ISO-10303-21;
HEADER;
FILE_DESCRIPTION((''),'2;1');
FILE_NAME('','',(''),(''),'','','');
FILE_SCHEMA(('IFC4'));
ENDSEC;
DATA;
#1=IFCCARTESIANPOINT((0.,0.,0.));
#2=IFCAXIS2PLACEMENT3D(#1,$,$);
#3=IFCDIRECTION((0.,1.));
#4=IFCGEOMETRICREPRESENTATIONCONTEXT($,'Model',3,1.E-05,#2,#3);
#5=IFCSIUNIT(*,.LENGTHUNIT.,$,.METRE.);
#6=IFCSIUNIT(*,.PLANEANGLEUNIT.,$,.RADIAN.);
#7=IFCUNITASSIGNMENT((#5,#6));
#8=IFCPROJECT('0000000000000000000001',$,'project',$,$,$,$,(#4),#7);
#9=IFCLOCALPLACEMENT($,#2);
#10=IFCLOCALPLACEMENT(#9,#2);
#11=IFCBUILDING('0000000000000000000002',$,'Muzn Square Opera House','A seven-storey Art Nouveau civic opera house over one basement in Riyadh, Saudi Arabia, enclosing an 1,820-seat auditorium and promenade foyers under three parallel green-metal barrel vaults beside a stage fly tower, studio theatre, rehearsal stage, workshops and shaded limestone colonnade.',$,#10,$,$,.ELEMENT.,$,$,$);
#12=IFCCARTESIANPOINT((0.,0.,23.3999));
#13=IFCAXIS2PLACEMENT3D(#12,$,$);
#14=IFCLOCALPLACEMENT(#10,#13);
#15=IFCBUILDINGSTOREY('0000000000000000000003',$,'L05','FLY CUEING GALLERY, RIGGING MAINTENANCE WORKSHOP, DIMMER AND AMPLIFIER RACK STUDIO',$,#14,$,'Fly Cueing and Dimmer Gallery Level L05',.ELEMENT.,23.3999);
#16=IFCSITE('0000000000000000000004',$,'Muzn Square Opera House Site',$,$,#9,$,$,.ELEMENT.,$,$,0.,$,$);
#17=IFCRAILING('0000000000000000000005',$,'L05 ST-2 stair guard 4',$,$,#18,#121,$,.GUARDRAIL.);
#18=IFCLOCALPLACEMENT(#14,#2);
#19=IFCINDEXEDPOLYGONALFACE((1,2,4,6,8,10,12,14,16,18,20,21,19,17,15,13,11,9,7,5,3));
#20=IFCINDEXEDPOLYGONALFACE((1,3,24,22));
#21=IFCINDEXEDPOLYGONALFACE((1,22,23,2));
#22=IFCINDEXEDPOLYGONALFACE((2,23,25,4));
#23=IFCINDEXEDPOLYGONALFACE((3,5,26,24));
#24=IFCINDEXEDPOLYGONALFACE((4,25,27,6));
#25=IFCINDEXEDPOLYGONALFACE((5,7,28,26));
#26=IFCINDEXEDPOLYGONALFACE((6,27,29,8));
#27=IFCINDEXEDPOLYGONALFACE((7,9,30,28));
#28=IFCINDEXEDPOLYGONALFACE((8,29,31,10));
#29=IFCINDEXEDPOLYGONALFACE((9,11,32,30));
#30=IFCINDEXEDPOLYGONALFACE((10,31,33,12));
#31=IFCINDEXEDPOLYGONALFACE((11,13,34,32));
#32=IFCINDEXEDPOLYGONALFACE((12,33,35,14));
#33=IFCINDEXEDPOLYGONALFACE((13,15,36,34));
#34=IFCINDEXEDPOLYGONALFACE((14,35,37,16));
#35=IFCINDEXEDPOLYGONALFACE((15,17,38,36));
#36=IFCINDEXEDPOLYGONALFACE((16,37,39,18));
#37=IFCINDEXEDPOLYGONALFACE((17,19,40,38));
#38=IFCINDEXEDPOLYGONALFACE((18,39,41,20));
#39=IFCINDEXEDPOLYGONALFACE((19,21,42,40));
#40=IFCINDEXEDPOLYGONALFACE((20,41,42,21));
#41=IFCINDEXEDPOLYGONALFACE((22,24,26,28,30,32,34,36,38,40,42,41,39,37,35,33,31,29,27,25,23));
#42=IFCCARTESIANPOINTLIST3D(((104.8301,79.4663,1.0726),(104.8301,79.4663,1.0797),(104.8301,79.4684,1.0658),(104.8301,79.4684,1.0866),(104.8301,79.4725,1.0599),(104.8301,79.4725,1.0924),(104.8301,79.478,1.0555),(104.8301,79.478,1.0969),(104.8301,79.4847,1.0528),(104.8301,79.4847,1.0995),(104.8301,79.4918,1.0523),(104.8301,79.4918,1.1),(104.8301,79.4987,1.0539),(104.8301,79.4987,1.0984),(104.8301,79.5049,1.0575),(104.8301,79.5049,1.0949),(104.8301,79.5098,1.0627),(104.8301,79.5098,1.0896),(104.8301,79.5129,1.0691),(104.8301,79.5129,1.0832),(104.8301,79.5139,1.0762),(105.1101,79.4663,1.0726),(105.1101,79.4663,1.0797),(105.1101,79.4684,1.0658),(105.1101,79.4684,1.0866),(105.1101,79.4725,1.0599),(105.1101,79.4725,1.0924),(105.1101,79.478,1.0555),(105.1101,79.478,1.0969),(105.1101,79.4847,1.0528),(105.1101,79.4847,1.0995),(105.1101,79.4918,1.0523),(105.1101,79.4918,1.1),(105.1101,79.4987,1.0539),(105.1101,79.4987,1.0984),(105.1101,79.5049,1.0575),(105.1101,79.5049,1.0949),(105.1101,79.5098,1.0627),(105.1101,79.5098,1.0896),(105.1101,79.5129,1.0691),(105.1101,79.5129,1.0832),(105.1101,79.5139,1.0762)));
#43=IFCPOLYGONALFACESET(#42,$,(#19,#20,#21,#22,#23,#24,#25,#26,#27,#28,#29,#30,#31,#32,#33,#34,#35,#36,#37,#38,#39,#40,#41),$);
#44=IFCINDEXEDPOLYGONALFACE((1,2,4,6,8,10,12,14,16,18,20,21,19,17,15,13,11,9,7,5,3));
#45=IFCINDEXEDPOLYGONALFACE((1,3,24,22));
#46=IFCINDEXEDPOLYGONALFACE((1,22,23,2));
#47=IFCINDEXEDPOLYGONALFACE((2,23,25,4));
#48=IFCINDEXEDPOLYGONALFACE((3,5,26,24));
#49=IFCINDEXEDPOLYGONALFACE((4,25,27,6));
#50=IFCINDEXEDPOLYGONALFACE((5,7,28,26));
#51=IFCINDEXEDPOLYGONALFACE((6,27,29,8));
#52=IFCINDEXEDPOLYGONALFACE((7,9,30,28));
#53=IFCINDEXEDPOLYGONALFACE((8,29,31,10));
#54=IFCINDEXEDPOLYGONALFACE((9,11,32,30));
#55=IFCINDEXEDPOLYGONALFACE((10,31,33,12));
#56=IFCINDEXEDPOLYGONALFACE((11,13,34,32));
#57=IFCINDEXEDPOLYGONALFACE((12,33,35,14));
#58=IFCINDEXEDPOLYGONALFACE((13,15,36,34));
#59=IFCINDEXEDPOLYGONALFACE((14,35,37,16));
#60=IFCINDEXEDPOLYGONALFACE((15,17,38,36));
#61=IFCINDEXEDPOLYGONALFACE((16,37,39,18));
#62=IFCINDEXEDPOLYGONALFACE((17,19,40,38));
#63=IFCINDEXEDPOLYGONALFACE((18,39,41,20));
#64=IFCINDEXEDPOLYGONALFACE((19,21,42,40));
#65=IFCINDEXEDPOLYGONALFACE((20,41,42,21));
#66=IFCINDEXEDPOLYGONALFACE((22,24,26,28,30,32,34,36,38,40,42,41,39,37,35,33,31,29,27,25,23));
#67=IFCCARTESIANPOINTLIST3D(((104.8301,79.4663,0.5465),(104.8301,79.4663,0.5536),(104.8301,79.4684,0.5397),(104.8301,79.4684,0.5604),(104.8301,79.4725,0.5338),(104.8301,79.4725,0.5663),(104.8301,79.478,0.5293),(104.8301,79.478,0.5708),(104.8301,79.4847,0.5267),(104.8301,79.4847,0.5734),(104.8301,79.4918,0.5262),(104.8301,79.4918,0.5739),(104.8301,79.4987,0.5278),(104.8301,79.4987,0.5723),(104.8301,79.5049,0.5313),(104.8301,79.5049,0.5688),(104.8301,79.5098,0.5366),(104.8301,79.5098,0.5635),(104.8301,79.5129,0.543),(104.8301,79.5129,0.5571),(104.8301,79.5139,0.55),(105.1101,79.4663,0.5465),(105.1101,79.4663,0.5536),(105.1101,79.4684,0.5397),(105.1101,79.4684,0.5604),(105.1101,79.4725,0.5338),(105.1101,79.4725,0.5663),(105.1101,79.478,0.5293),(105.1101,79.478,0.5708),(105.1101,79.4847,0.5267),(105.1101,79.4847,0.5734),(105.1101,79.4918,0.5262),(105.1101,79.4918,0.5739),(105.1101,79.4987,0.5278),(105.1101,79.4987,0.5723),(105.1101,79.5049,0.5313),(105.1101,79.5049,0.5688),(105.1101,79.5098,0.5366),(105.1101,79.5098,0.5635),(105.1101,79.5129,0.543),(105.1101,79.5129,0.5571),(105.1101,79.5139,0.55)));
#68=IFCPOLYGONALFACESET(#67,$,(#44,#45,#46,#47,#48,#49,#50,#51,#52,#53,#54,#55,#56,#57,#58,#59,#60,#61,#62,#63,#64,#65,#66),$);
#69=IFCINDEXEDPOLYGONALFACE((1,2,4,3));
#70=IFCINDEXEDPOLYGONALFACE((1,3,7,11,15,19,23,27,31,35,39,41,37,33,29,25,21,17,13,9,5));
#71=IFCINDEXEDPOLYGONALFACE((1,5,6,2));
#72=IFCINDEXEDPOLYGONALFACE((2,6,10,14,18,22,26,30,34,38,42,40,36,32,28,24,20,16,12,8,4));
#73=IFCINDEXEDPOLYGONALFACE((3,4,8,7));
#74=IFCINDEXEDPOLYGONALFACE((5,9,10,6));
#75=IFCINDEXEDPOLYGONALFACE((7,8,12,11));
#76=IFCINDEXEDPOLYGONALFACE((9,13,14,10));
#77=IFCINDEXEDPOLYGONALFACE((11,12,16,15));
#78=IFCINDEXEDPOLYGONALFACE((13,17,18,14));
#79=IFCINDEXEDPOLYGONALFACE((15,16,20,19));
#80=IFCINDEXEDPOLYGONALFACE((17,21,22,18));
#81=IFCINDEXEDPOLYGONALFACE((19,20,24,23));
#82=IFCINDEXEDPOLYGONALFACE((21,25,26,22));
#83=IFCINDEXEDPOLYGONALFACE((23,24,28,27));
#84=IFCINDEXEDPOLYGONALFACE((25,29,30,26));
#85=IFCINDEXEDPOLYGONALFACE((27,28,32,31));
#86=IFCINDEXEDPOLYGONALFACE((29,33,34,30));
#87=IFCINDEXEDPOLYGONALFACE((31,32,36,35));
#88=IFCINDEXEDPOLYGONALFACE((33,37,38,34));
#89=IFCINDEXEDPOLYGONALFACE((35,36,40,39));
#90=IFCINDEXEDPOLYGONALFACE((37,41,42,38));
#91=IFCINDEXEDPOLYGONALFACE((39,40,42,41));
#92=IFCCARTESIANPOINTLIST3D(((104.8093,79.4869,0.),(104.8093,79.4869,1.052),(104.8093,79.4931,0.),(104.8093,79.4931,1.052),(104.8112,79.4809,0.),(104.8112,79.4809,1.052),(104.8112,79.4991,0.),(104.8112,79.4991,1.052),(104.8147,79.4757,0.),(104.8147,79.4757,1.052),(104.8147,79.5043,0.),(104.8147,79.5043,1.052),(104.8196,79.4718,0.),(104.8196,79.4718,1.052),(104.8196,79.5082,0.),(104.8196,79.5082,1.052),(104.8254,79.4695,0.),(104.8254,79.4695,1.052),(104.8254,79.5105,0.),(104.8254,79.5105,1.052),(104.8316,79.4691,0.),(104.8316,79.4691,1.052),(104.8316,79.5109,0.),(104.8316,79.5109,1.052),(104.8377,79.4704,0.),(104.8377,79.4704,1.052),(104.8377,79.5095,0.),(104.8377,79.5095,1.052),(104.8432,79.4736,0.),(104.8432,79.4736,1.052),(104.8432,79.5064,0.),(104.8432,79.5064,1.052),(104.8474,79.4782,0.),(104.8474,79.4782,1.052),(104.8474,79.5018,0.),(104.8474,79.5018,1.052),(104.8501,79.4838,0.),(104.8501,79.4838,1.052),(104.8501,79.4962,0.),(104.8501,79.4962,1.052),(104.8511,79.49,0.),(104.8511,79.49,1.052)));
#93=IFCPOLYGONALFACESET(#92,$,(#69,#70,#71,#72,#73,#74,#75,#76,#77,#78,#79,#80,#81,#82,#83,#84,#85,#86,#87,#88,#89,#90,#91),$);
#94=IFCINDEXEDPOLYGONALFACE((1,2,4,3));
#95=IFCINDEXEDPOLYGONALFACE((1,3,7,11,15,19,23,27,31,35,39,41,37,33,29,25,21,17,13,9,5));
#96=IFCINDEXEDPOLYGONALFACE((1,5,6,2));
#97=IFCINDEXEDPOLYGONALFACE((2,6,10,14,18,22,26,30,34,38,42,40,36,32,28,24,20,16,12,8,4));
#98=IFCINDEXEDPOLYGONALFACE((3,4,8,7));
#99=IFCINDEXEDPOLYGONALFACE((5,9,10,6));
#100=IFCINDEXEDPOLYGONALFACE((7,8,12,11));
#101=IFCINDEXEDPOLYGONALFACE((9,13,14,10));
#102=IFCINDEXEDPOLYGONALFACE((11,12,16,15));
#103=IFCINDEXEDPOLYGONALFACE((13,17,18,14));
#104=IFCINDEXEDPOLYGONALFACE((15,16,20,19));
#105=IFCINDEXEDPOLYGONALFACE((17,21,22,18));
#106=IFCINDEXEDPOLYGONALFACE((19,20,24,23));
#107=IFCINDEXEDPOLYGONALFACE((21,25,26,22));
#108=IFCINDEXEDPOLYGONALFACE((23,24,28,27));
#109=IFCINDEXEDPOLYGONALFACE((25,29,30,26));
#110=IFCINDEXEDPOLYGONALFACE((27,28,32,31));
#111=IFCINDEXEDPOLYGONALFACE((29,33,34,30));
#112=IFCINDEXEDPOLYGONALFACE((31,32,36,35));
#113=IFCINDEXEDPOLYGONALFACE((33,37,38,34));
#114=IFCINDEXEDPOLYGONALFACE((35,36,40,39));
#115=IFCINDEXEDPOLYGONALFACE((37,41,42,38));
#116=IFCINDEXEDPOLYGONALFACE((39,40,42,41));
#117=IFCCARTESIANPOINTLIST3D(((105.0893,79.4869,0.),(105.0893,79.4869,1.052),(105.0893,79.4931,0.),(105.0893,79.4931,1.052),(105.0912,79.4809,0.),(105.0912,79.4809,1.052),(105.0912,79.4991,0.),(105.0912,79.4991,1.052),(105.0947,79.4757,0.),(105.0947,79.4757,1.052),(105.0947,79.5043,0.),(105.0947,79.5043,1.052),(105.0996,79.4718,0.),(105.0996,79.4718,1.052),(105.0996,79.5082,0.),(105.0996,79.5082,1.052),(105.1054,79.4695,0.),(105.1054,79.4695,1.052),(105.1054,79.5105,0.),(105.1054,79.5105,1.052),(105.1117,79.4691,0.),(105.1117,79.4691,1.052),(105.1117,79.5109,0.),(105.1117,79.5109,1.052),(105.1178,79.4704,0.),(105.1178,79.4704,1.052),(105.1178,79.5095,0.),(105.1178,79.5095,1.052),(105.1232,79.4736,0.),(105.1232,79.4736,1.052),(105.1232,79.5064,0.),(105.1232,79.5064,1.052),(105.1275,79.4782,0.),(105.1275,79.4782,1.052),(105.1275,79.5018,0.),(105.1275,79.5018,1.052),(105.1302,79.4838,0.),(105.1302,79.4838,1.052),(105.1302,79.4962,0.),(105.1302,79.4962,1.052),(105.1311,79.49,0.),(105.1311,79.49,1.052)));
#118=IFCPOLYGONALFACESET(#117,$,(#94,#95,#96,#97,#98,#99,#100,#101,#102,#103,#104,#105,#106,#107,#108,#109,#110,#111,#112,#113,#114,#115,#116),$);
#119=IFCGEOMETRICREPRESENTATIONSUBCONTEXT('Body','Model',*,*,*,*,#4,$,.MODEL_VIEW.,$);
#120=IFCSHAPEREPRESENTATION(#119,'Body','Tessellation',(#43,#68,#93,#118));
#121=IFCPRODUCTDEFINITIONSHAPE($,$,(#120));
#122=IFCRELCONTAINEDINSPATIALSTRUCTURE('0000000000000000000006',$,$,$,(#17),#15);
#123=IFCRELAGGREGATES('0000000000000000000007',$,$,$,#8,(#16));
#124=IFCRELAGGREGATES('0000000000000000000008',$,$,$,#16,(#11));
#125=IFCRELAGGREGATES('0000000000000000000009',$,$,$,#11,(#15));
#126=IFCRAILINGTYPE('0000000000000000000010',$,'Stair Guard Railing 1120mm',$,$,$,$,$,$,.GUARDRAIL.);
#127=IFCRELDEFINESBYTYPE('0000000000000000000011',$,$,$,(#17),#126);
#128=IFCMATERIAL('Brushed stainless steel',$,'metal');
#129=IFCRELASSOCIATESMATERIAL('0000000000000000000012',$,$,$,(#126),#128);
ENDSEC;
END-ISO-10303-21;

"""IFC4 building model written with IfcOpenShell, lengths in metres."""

from ifc_helpers import new_model, si_unit, direction, frame, origin, origin_2d, place, context, subcontext, project, spatial, circle, extrude, material, type_object, element, save


model = new_model("IFC4")

# Units and contexts
model_context = context("Model", 3, precision=1e-05, world=origin(), true_north=direction((0.0, 1.0)))
body_context = subcontext(model_context, "Body", "Model", "MODEL_VIEW")
ifc_project = project(units=[si_unit("LENGTHUNIT", "METRE"), si_unit("PLANEANGLEUNIT", "RADIAN")], contexts=[model_context])

# Site, building, storey
site_placement = place(None, origin())
site = spatial("IfcSite", under=ifc_project, at=site_placement, Name="Muzn Square Opera House Site", CompositionType="ELEMENT", RefElevation=0.0)
building_placement = place(site_placement, origin())
building = spatial("IfcBuilding", under=site, at=building_placement, Name="Muzn Square Opera House", Description="A seven-storey Art Nouveau civic opera house over one basement in Riyadh, Saudi Arabia, enclosing an 1,820-seat auditorium and promenade foyers under three parallel green-metal barrel vaults beside a stage fly tower, studio theatre, rehearsal stage, workshops and shaded limestone colonnade.", CompositionType="ELEMENT")
storey_placement = place(building_placement, frame((0.0, 0.0, 23.3999)))
storey = spatial("IfcBuildingStorey", under=building, at=storey_placement, Name="L05", Description="FLY CUEING GALLERY, RIGGING MAINTENANCE WORKSHOP, DIMMER AND AMPLIFIER RACK STUDIO", LongName="Fly Cueing and Dimmer Gallery Level L05", CompositionType="ELEMENT", Elevation=23.3999)

# Railing
ifc_material_1 = material(Name="Brushed stainless steel", Category="metal")
railing_type_1 = type_object("IfcRailingType", Name="Stair Guard Railing 1120mm", PredefinedType="GUARDRAIL", material=ifc_material_1)
railing_1_placement = place(storey_placement, frame((104.8301, 79.49, 0.0)))
element("IfcRailing", 1, at=railing_1_placement, inside=storey, type_object=railing_type_1, Name="L05 ST-2 stair guard 4", PredefinedType="GUARDRAIL", context=body_context, shape_type="SweptSolid", body=[
    extrude(circle(Radius=0.0239, at=origin_2d()), frame((0.0, 0.0, 1.0762), z_axis=(1.0, 0.0, 0.0), x_axis=(0.0, 1.0, 0.0)), (0.0, 0.0, 1.0), 0.28),
    extrude(circle(Radius=0.0239, at=origin_2d()), frame((0.0, 0.0, 0.55), z_axis=(1.0, 0.0, 0.0), x_axis=(0.0, 1.0, 0.0)), (0.0, 0.0, 1.0), 0.28),
    extrude(circle(Radius=0.021, at=origin_2d()), origin(), (0.0, 0.0, 1.0), 1.052),
    extrude(circle(Radius=0.021, at=origin_2d()), frame((0.28, 0.0, 0.0)), (0.0, 0.0, 1.0), 1.052),
])

save(model, "model.ifc")
